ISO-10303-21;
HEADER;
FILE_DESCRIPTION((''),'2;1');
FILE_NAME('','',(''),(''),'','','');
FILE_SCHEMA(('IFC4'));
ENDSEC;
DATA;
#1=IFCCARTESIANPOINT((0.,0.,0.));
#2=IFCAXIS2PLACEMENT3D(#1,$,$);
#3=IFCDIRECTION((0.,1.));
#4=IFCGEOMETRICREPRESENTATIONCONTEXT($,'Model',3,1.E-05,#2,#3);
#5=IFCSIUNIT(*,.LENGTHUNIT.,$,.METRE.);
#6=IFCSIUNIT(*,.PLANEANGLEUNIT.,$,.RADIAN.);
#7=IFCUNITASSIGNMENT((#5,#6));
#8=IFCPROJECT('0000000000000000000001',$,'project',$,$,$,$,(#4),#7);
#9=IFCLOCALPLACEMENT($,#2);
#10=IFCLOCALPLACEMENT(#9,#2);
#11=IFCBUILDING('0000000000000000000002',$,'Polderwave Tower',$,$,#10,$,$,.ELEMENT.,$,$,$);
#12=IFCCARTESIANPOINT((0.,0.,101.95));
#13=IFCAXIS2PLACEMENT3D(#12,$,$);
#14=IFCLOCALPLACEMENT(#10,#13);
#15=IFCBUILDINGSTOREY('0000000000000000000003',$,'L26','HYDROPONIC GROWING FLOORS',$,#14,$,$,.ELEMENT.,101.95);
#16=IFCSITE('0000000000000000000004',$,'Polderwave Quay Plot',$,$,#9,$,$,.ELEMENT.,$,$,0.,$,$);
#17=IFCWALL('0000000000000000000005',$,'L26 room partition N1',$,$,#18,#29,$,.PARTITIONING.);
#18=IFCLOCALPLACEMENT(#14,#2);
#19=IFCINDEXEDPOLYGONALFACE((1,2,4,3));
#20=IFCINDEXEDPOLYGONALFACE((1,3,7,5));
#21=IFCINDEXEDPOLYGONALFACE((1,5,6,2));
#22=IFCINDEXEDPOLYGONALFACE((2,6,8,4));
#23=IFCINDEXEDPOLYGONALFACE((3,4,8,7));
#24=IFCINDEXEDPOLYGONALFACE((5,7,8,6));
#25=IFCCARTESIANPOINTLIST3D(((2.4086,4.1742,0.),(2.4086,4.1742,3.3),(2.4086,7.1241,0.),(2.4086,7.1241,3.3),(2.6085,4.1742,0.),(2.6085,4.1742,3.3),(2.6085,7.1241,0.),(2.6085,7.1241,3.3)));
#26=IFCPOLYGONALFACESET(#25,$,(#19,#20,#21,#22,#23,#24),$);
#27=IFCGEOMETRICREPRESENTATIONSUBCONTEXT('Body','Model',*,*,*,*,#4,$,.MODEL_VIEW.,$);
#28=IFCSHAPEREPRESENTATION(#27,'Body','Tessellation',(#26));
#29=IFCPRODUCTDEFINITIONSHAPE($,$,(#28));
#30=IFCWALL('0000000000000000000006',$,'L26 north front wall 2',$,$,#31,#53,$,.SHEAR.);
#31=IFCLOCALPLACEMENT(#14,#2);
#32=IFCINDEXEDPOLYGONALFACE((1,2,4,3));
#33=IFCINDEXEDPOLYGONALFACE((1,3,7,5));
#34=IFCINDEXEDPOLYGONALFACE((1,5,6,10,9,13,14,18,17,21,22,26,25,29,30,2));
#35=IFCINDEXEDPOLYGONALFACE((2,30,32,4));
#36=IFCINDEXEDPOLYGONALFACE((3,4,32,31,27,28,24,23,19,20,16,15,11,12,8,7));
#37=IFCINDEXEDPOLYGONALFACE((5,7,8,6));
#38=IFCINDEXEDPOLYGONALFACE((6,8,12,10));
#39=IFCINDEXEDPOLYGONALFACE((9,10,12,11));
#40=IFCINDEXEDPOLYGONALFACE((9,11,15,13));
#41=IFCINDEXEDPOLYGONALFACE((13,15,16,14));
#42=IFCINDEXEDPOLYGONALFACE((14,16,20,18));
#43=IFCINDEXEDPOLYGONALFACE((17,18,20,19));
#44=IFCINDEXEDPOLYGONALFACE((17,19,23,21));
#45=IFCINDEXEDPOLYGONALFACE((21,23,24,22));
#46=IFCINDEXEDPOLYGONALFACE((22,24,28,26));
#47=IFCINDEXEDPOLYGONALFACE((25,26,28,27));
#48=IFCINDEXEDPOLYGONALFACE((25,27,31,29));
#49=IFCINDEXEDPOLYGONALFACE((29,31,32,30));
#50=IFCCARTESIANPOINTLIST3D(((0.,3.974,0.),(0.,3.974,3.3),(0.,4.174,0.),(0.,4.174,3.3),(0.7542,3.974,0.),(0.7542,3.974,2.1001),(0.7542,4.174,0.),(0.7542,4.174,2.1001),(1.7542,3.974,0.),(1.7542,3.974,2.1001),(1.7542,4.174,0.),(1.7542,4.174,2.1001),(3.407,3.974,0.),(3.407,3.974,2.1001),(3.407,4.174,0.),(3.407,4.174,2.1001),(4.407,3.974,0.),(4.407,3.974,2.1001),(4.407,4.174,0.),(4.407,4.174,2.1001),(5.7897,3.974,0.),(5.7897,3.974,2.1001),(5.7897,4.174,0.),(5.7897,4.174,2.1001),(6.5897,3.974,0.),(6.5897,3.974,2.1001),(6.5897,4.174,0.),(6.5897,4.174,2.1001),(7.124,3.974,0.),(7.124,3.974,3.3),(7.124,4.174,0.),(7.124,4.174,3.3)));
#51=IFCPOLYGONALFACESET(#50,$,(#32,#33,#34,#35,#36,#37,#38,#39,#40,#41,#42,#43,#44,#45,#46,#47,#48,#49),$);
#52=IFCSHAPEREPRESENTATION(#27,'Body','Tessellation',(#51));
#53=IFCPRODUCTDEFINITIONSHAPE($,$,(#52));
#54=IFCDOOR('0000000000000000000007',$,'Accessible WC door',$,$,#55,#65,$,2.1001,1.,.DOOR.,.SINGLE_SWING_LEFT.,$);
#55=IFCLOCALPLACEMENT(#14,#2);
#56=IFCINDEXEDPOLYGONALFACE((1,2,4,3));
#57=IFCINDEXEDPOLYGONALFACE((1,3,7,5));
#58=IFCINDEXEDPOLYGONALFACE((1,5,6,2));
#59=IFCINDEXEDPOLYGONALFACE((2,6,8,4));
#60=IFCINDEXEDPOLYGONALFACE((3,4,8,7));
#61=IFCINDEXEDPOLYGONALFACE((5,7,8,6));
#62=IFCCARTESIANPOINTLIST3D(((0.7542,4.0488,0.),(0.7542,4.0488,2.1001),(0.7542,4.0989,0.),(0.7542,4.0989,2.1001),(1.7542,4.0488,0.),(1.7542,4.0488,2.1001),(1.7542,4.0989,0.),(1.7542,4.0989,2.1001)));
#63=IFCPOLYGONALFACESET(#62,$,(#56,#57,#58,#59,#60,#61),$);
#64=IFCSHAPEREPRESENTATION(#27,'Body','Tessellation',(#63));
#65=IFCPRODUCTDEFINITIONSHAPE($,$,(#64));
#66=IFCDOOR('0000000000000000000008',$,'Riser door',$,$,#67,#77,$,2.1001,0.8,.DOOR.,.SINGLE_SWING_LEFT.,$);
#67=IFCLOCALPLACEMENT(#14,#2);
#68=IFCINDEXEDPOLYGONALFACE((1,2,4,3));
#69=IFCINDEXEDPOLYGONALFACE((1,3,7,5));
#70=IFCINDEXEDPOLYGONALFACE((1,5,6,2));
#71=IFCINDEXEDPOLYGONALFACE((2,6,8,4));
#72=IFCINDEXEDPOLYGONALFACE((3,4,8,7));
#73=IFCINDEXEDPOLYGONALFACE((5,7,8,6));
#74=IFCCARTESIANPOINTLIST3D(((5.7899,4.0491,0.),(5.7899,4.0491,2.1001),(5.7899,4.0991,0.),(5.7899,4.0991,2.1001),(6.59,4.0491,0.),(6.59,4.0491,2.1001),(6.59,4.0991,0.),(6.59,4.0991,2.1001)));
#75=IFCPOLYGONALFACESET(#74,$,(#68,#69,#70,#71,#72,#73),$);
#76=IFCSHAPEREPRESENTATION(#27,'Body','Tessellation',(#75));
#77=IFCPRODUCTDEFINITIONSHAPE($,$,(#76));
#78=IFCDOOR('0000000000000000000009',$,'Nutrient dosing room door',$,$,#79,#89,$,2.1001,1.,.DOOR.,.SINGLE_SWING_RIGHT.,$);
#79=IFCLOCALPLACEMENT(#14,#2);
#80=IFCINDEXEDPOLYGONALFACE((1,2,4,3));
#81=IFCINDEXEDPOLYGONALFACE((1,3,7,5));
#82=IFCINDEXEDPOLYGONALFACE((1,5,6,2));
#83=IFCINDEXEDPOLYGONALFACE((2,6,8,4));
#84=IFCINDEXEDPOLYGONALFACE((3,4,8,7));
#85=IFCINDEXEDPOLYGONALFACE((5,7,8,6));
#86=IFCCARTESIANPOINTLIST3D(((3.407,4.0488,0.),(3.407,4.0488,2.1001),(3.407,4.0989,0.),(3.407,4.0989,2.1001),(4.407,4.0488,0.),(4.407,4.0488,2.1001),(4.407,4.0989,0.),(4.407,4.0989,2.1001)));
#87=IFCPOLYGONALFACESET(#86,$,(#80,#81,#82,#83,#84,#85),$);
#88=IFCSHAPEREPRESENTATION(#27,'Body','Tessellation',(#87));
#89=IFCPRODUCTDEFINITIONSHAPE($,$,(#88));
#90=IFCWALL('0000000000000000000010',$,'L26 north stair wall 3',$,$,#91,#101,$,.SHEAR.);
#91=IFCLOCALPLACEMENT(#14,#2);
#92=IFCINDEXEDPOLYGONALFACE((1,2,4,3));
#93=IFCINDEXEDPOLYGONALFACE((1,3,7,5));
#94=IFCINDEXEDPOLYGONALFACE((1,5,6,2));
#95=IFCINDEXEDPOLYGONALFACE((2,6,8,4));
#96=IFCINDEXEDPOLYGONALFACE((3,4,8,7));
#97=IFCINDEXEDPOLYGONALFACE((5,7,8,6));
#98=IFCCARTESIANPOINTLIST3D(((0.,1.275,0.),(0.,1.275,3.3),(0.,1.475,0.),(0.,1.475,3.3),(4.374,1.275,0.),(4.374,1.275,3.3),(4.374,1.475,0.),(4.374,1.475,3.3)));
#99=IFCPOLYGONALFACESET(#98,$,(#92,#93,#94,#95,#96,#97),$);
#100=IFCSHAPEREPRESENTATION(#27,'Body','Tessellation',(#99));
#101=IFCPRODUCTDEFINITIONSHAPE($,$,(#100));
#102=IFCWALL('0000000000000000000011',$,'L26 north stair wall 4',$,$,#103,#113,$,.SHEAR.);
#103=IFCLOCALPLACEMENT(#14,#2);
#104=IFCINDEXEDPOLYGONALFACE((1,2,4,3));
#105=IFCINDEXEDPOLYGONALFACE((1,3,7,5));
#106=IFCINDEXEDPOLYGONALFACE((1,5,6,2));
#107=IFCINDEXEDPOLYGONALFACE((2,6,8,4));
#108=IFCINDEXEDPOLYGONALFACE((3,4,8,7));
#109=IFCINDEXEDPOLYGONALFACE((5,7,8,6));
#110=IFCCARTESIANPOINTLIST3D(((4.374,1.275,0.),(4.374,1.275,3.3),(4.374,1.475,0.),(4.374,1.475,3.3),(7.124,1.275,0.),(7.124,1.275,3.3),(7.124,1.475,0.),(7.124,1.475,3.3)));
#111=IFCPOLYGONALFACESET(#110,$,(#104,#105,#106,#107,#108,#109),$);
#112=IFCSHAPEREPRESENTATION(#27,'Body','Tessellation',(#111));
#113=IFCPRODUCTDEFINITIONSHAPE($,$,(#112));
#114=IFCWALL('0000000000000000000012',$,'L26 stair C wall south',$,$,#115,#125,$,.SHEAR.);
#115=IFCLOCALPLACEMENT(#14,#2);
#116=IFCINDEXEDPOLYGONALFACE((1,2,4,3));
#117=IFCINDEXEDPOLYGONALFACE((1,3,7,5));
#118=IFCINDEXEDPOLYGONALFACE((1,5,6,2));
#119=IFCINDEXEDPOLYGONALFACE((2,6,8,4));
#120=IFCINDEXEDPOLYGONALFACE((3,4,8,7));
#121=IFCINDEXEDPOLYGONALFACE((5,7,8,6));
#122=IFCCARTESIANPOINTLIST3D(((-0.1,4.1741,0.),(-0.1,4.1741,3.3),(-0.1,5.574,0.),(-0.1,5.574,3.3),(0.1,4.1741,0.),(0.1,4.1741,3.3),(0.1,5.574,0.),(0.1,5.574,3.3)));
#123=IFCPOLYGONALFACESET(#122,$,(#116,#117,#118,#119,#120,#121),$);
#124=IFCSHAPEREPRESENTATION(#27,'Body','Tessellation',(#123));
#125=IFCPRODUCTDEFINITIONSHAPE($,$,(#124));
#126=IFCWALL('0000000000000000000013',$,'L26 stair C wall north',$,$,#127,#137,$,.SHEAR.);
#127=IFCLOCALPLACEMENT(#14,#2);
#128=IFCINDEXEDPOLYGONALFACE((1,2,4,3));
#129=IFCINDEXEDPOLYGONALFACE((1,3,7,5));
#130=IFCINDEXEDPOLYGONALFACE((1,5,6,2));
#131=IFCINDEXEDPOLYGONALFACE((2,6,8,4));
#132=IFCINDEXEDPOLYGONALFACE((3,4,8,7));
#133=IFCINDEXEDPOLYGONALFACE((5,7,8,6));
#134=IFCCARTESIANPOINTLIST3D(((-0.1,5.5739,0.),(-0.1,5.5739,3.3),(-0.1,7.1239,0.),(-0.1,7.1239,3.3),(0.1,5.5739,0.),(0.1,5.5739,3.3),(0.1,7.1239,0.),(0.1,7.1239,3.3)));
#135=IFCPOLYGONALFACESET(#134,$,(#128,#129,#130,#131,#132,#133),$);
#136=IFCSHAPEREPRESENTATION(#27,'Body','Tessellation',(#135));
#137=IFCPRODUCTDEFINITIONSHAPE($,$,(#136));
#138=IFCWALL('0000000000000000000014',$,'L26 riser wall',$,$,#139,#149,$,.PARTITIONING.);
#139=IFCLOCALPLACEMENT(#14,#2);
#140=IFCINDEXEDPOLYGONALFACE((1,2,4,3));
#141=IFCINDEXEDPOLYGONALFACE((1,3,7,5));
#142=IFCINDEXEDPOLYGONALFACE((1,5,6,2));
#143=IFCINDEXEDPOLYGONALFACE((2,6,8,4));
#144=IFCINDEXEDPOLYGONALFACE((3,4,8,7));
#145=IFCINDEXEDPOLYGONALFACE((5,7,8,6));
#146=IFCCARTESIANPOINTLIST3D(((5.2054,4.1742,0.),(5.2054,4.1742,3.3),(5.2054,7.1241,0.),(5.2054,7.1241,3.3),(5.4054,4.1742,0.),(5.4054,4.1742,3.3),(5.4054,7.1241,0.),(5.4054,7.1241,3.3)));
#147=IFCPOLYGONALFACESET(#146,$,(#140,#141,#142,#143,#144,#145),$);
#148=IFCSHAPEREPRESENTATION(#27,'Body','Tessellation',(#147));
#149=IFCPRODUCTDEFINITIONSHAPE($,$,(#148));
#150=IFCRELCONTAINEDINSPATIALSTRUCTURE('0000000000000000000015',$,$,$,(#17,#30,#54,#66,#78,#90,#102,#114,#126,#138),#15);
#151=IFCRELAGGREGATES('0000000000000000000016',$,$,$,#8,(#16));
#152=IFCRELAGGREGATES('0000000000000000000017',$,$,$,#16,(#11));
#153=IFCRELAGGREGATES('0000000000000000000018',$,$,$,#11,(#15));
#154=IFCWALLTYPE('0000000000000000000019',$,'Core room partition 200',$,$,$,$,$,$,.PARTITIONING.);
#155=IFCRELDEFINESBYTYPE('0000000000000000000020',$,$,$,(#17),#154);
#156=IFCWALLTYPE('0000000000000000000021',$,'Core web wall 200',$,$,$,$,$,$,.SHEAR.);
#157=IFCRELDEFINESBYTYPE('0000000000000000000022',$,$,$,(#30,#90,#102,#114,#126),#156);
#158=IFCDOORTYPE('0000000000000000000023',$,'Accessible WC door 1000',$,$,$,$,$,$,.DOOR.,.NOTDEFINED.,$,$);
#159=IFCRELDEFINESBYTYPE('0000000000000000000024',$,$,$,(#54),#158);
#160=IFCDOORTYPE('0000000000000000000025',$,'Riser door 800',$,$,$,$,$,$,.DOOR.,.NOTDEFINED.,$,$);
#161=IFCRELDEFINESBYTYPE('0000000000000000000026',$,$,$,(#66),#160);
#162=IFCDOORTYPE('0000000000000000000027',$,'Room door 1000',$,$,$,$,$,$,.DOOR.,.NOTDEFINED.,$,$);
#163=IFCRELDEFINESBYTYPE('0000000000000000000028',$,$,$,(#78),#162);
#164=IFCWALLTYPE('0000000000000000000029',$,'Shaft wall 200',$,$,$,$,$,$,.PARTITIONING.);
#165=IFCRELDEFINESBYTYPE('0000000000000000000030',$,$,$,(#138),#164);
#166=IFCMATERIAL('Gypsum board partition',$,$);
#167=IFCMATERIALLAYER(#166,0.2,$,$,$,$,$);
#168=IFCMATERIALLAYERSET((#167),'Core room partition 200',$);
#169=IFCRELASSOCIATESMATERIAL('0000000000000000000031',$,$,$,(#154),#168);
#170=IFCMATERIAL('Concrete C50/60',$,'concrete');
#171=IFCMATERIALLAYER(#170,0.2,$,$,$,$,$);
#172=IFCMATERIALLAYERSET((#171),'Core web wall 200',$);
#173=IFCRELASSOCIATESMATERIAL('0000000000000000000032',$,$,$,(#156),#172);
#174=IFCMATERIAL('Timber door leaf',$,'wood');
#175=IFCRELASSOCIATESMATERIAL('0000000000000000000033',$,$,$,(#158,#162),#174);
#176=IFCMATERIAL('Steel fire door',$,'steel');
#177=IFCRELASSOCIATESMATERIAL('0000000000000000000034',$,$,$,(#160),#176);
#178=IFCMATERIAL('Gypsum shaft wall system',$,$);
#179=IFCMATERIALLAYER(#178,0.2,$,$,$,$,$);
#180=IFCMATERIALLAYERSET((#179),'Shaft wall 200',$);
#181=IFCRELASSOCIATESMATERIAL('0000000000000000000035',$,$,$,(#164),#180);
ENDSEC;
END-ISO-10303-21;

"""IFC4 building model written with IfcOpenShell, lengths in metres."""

from ifc_helpers import new_model, si_unit, direction, frame, frame_2d, origin, place, context, subcontext, project, spatial, rectangle, extrude, material, layer, layer_set, type_object, element, fill, save


model = new_model("IFC4")

# Units and contexts
model_context = context("Model", 3, precision=1e-05, world=origin(), true_north=direction((0.0, 1.0)))
body_context = subcontext(model_context, "Body", "Model", "MODEL_VIEW")
ifc_project = project(units=[si_unit("LENGTHUNIT", "METRE"), si_unit("PLANEANGLEUNIT", "RADIAN")], contexts=[model_context])

# Site, building, storey
site_placement = place(None, origin())
site = spatial("IfcSite", under=ifc_project, at=site_placement, Name="Polderwave Quay Plot", CompositionType="ELEMENT", RefElevation=0.0)
building_placement = place(site_placement, origin())
building = spatial("IfcBuilding", under=site, at=building_placement, Name="Polderwave Tower", CompositionType="ELEMENT")
storey_placement = place(building_placement, frame((0.0, 0.0, 101.95)))
storey = spatial("IfcBuildingStorey", under=building, at=storey_placement, Name="L26", Description="HYDROPONIC GROWING FLOORS", CompositionType="ELEMENT", Elevation=101.95)

# Wall
ifc_material_1 = material(Name="Gypsum board partition")
ifc_layer_1 = layer(ifc_material_1, 0.2)
ifc_layer_set_1 = layer_set([ifc_layer_1], Name="Core room partition 200")
wall_type_1 = type_object("IfcWallType", Name="Core room partition 200", PredefinedType="PARTITIONING", material=ifc_layer_set_1)
wall_1_placement = place(storey_placement, frame((2.5085, 4.1741, 0.0), z_axis=(0.0, 0.0, 1.0), x_axis=(0.0, 1.0, 0.0)))
element("IfcWall", 1, at=wall_1_placement, inside=storey, type_object=wall_type_1, Name="L26 room partition N1", PredefinedType="PARTITIONING", context=body_context, shape_type="SweptSolid", body=[
    extrude(rectangle(XDim=2.95, YDim=0.2, at=frame_2d((1.4751, 0.0))), origin(), (0.0, 0.0, 1.0), 3.3),
])

# Wall, openings, doors
ifc_material_2 = material(Name="Concrete C50/60", Category="concrete")
ifc_layer_2 = layer(ifc_material_2, 0.2)
ifc_layer_set_2 = layer_set([ifc_layer_2], Name="Core web wall 200")
wall_type_2 = type_object("IfcWallType", Name="Core web wall 200", PredefinedType="SHEAR", material=ifc_layer_set_2)
wall_2_placement = place(storey_placement, frame((0.0, 4.074, 0.0), z_axis=(0.0, 0.0, 1.0), x_axis=(1.0, 0.0, 0.0)))
wall_2 = element("IfcWall", 2, at=wall_2_placement, inside=storey, type_object=wall_type_2, Name="L26 north front wall 2", PredefinedType="SHEAR", context=body_context, shape_type="SweptSolid", body=[
    extrude(rectangle(XDim=7.124, YDim=0.2, at=frame_2d((3.562, 0.0))), origin(), (0.0, 0.0, 1.0), 3.3),
])
opening_1_placement = place(wall_2_placement, frame((0.7542, 0.0, 0.0)))
opening_1 = element("IfcOpeningElement", 3, at=opening_1_placement, cuts=wall_2, PredefinedType="OPENING", context=body_context, shape_type="SweptSolid", body=[
    extrude(rectangle(XDim=1.0, YDim=2.1001, at=frame_2d((0.5, 1.05))), frame((0.0, 0.1099, 0.0), z_axis=(0.0, -1.0, 0.0), x_axis=(1.0, 0.0, 0.0)), (0.0, 0.0, 1.0), 0.22),
])
opening_2_placement = place(wall_2_placement, frame((3.407, 0.0, 0.0)))
opening_2 = element("IfcOpeningElement", 4, at=opening_2_placement, cuts=wall_2, PredefinedType="OPENING", context=body_context, shape_type="SweptSolid", body=[
    extrude(rectangle(XDim=1.0, YDim=2.1001, at=frame_2d((0.5, 1.05))), frame((0.0, 0.1099, 0.0), z_axis=(0.0, -1.0, 0.0), x_axis=(1.0, 0.0, 0.0)), (0.0, 0.0, 1.0), 0.22),
])
opening_3_placement = place(wall_2_placement, frame((5.7898, 0.0, 0.0)))
opening_3 = element("IfcOpeningElement", 5, at=opening_3_placement, cuts=wall_2, PredefinedType="OPENING", context=body_context, shape_type="SweptSolid", body=[
    extrude(rectangle(XDim=0.8, YDim=2.1001, at=frame_2d((0.3999, 1.05))), frame((0.0, 0.1099, 0.0), z_axis=(0.0, -1.0, 0.0), x_axis=(1.0, 0.0, 0.0)), (0.0, 0.0, 1.0), 0.22),
])
ifc_material_3 = material(Name="Timber door leaf", Category="wood")
door_type_1 = type_object("IfcDoorType", Name="Accessible WC door 1000", OperationType="NOTDEFINED", PredefinedType="DOOR", material=ifc_material_3)
door_1_placement = place(opening_1_placement, origin())
door_1 = element("IfcDoor", 6, at=door_1_placement, inside=storey, type_object=door_type_1, Name="Accessible WC door", OperationType="SINGLE_SWING_LEFT", OverallHeight=2.1001, OverallWidth=1.0, PredefinedType="DOOR", context=body_context, shape_type="SweptSolid", body=[
    extrude(rectangle(XDim=1.0, YDim=2.1001, at=frame_2d((0.5, 1.05))), frame((0.0, 0.0249, 0.0), z_axis=(0.0, -1.0, 0.0), x_axis=(1.0, 0.0, 0.0)), (0.0, 0.0, 1.0), 0.05),
])
fill(opening_1, door_1)
ifc_material_4 = material(Name="Steel fire door", Category="steel")
door_type_2 = type_object("IfcDoorType", Name="Riser door 800", OperationType="NOTDEFINED", PredefinedType="DOOR", material=ifc_material_4)
door_2_placement = place(opening_3_placement, frame((0.8, 0.0, 0.0), z_axis=(0.0, 0.0, 1.0), x_axis=(-1.0, 0.0, 0.0)))
door_2 = element("IfcDoor", 7, at=door_2_placement, inside=storey, type_object=door_type_2, Name="Riser door", OperationType="SINGLE_SWING_LEFT", OverallHeight=2.1001, OverallWidth=0.8, PredefinedType="DOOR", context=body_context, shape_type="SweptSolid", body=[
    extrude(rectangle(XDim=0.8, YDim=2.1001, at=frame_2d((0.3999, 1.05))), frame((0.0, 0.0249, 0.0), z_axis=(0.0, -1.0, 0.0), x_axis=(1.0, 0.0, 0.0)), (0.0, 0.0, 1.0), 0.05),
])
fill(opening_3, door_2)
door_type_3 = type_object("IfcDoorType", Name="Room door 1000", OperationType="NOTDEFINED", PredefinedType="DOOR", material=ifc_material_3)
door_3_placement = place(opening_2_placement, origin())
door_3 = element("IfcDoor", 8, at=door_3_placement, inside=storey, type_object=door_type_3, Name="Nutrient dosing room door", OperationType="SINGLE_SWING_RIGHT", OverallHeight=2.1001, OverallWidth=1.0, PredefinedType="DOOR", context=body_context, shape_type="SweptSolid", body=[
    extrude(rectangle(XDim=1.0, YDim=2.1001, at=frame_2d((0.5, 1.05))), frame((0.0, 0.0249, 0.0), z_axis=(0.0, -1.0, 0.0), x_axis=(1.0, 0.0, 0.0)), (0.0, 0.0, 1.0), 0.05),
])
fill(opening_2, door_3)

# Walls
wall_3_placement = place(storey_placement, frame((0.0, 1.375, 0.0), z_axis=(0.0, 0.0, 1.0), x_axis=(1.0, 0.0, 0.0)))
element("IfcWall", 9, at=wall_3_placement, inside=storey, type_object=wall_type_2, Name="L26 north stair wall 3", PredefinedType="SHEAR", context=body_context, shape_type="SweptSolid", body=[
    extrude(rectangle(XDim=4.374, YDim=0.2, at=frame_2d((2.187, 0.0))), origin(), (0.0, 0.0, 1.0), 3.3),
])
wall_4_placement = place(storey_placement, frame((4.374, 1.375, 0.0), z_axis=(0.0, 0.0, 1.0), x_axis=(1.0, 0.0, 0.0)))
element("IfcWall", 10, at=wall_4_placement, inside=storey, type_object=wall_type_2, Name="L26 north stair wall 4", PredefinedType="SHEAR", context=body_context, shape_type="SweptSolid", body=[
    extrude(rectangle(XDim=2.75, YDim=0.2, at=frame_2d((1.375, 0.0))), origin(), (0.0, 0.0, 1.0), 3.3),
])
wall_5_placement = place(storey_placement, frame((0.0, 4.1741, 0.0), z_axis=(0.0, 0.0, 1.0), x_axis=(0.0, 1.0, 0.0)))
element("IfcWall", 11, at=wall_5_placement, inside=storey, type_object=wall_type_2, Name="L26 stair C wall south", PredefinedType="SHEAR", context=body_context, shape_type="SweptSolid", body=[
    extrude(rectangle(XDim=1.3999, YDim=0.2, at=frame_2d((0.7, 0.0))), origin(), (0.0, 0.0, 1.0), 3.3),
])
wall_6_placement = place(storey_placement, frame((0.0, 5.574, 0.0), z_axis=(0.0, 0.0, 1.0), x_axis=(0.0, 1.0, 0.0)))
element("IfcWall", 12, at=wall_6_placement, inside=storey, type_object=wall_type_2, Name="L26 stair C wall north", PredefinedType="SHEAR", context=body_context, shape_type="SweptSolid", body=[
    extrude(rectangle(XDim=1.55, YDim=0.2, at=frame_2d((0.7749, 0.0))), origin(), (0.0, 0.0, 1.0), 3.3),
])
ifc_material_5 = material(Name="Gypsum shaft wall system")
ifc_layer_3 = layer(ifc_material_5, 0.2)
ifc_layer_set_3 = layer_set([ifc_layer_3], Name="Shaft wall 200")
wall_type_3 = type_object("IfcWallType", Name="Shaft wall 200", PredefinedType="PARTITIONING", material=ifc_layer_set_3)
wall_7_placement = place(storey_placement, frame((5.3054, 4.1741, 0.0), z_axis=(0.0, 0.0, 1.0), x_axis=(0.0, 1.0, 0.0)))
element("IfcWall", 13, at=wall_7_placement, inside=storey, type_object=wall_type_3, Name="L26 riser wall", PredefinedType="PARTITIONING", context=body_context, shape_type="SweptSolid", body=[
    extrude(rectangle(XDim=2.95, YDim=0.2, at=frame_2d((1.4751, 0.0))), origin(), (0.0, 0.0, 1.0), 3.3),
])

save(model, "model.ifc")
